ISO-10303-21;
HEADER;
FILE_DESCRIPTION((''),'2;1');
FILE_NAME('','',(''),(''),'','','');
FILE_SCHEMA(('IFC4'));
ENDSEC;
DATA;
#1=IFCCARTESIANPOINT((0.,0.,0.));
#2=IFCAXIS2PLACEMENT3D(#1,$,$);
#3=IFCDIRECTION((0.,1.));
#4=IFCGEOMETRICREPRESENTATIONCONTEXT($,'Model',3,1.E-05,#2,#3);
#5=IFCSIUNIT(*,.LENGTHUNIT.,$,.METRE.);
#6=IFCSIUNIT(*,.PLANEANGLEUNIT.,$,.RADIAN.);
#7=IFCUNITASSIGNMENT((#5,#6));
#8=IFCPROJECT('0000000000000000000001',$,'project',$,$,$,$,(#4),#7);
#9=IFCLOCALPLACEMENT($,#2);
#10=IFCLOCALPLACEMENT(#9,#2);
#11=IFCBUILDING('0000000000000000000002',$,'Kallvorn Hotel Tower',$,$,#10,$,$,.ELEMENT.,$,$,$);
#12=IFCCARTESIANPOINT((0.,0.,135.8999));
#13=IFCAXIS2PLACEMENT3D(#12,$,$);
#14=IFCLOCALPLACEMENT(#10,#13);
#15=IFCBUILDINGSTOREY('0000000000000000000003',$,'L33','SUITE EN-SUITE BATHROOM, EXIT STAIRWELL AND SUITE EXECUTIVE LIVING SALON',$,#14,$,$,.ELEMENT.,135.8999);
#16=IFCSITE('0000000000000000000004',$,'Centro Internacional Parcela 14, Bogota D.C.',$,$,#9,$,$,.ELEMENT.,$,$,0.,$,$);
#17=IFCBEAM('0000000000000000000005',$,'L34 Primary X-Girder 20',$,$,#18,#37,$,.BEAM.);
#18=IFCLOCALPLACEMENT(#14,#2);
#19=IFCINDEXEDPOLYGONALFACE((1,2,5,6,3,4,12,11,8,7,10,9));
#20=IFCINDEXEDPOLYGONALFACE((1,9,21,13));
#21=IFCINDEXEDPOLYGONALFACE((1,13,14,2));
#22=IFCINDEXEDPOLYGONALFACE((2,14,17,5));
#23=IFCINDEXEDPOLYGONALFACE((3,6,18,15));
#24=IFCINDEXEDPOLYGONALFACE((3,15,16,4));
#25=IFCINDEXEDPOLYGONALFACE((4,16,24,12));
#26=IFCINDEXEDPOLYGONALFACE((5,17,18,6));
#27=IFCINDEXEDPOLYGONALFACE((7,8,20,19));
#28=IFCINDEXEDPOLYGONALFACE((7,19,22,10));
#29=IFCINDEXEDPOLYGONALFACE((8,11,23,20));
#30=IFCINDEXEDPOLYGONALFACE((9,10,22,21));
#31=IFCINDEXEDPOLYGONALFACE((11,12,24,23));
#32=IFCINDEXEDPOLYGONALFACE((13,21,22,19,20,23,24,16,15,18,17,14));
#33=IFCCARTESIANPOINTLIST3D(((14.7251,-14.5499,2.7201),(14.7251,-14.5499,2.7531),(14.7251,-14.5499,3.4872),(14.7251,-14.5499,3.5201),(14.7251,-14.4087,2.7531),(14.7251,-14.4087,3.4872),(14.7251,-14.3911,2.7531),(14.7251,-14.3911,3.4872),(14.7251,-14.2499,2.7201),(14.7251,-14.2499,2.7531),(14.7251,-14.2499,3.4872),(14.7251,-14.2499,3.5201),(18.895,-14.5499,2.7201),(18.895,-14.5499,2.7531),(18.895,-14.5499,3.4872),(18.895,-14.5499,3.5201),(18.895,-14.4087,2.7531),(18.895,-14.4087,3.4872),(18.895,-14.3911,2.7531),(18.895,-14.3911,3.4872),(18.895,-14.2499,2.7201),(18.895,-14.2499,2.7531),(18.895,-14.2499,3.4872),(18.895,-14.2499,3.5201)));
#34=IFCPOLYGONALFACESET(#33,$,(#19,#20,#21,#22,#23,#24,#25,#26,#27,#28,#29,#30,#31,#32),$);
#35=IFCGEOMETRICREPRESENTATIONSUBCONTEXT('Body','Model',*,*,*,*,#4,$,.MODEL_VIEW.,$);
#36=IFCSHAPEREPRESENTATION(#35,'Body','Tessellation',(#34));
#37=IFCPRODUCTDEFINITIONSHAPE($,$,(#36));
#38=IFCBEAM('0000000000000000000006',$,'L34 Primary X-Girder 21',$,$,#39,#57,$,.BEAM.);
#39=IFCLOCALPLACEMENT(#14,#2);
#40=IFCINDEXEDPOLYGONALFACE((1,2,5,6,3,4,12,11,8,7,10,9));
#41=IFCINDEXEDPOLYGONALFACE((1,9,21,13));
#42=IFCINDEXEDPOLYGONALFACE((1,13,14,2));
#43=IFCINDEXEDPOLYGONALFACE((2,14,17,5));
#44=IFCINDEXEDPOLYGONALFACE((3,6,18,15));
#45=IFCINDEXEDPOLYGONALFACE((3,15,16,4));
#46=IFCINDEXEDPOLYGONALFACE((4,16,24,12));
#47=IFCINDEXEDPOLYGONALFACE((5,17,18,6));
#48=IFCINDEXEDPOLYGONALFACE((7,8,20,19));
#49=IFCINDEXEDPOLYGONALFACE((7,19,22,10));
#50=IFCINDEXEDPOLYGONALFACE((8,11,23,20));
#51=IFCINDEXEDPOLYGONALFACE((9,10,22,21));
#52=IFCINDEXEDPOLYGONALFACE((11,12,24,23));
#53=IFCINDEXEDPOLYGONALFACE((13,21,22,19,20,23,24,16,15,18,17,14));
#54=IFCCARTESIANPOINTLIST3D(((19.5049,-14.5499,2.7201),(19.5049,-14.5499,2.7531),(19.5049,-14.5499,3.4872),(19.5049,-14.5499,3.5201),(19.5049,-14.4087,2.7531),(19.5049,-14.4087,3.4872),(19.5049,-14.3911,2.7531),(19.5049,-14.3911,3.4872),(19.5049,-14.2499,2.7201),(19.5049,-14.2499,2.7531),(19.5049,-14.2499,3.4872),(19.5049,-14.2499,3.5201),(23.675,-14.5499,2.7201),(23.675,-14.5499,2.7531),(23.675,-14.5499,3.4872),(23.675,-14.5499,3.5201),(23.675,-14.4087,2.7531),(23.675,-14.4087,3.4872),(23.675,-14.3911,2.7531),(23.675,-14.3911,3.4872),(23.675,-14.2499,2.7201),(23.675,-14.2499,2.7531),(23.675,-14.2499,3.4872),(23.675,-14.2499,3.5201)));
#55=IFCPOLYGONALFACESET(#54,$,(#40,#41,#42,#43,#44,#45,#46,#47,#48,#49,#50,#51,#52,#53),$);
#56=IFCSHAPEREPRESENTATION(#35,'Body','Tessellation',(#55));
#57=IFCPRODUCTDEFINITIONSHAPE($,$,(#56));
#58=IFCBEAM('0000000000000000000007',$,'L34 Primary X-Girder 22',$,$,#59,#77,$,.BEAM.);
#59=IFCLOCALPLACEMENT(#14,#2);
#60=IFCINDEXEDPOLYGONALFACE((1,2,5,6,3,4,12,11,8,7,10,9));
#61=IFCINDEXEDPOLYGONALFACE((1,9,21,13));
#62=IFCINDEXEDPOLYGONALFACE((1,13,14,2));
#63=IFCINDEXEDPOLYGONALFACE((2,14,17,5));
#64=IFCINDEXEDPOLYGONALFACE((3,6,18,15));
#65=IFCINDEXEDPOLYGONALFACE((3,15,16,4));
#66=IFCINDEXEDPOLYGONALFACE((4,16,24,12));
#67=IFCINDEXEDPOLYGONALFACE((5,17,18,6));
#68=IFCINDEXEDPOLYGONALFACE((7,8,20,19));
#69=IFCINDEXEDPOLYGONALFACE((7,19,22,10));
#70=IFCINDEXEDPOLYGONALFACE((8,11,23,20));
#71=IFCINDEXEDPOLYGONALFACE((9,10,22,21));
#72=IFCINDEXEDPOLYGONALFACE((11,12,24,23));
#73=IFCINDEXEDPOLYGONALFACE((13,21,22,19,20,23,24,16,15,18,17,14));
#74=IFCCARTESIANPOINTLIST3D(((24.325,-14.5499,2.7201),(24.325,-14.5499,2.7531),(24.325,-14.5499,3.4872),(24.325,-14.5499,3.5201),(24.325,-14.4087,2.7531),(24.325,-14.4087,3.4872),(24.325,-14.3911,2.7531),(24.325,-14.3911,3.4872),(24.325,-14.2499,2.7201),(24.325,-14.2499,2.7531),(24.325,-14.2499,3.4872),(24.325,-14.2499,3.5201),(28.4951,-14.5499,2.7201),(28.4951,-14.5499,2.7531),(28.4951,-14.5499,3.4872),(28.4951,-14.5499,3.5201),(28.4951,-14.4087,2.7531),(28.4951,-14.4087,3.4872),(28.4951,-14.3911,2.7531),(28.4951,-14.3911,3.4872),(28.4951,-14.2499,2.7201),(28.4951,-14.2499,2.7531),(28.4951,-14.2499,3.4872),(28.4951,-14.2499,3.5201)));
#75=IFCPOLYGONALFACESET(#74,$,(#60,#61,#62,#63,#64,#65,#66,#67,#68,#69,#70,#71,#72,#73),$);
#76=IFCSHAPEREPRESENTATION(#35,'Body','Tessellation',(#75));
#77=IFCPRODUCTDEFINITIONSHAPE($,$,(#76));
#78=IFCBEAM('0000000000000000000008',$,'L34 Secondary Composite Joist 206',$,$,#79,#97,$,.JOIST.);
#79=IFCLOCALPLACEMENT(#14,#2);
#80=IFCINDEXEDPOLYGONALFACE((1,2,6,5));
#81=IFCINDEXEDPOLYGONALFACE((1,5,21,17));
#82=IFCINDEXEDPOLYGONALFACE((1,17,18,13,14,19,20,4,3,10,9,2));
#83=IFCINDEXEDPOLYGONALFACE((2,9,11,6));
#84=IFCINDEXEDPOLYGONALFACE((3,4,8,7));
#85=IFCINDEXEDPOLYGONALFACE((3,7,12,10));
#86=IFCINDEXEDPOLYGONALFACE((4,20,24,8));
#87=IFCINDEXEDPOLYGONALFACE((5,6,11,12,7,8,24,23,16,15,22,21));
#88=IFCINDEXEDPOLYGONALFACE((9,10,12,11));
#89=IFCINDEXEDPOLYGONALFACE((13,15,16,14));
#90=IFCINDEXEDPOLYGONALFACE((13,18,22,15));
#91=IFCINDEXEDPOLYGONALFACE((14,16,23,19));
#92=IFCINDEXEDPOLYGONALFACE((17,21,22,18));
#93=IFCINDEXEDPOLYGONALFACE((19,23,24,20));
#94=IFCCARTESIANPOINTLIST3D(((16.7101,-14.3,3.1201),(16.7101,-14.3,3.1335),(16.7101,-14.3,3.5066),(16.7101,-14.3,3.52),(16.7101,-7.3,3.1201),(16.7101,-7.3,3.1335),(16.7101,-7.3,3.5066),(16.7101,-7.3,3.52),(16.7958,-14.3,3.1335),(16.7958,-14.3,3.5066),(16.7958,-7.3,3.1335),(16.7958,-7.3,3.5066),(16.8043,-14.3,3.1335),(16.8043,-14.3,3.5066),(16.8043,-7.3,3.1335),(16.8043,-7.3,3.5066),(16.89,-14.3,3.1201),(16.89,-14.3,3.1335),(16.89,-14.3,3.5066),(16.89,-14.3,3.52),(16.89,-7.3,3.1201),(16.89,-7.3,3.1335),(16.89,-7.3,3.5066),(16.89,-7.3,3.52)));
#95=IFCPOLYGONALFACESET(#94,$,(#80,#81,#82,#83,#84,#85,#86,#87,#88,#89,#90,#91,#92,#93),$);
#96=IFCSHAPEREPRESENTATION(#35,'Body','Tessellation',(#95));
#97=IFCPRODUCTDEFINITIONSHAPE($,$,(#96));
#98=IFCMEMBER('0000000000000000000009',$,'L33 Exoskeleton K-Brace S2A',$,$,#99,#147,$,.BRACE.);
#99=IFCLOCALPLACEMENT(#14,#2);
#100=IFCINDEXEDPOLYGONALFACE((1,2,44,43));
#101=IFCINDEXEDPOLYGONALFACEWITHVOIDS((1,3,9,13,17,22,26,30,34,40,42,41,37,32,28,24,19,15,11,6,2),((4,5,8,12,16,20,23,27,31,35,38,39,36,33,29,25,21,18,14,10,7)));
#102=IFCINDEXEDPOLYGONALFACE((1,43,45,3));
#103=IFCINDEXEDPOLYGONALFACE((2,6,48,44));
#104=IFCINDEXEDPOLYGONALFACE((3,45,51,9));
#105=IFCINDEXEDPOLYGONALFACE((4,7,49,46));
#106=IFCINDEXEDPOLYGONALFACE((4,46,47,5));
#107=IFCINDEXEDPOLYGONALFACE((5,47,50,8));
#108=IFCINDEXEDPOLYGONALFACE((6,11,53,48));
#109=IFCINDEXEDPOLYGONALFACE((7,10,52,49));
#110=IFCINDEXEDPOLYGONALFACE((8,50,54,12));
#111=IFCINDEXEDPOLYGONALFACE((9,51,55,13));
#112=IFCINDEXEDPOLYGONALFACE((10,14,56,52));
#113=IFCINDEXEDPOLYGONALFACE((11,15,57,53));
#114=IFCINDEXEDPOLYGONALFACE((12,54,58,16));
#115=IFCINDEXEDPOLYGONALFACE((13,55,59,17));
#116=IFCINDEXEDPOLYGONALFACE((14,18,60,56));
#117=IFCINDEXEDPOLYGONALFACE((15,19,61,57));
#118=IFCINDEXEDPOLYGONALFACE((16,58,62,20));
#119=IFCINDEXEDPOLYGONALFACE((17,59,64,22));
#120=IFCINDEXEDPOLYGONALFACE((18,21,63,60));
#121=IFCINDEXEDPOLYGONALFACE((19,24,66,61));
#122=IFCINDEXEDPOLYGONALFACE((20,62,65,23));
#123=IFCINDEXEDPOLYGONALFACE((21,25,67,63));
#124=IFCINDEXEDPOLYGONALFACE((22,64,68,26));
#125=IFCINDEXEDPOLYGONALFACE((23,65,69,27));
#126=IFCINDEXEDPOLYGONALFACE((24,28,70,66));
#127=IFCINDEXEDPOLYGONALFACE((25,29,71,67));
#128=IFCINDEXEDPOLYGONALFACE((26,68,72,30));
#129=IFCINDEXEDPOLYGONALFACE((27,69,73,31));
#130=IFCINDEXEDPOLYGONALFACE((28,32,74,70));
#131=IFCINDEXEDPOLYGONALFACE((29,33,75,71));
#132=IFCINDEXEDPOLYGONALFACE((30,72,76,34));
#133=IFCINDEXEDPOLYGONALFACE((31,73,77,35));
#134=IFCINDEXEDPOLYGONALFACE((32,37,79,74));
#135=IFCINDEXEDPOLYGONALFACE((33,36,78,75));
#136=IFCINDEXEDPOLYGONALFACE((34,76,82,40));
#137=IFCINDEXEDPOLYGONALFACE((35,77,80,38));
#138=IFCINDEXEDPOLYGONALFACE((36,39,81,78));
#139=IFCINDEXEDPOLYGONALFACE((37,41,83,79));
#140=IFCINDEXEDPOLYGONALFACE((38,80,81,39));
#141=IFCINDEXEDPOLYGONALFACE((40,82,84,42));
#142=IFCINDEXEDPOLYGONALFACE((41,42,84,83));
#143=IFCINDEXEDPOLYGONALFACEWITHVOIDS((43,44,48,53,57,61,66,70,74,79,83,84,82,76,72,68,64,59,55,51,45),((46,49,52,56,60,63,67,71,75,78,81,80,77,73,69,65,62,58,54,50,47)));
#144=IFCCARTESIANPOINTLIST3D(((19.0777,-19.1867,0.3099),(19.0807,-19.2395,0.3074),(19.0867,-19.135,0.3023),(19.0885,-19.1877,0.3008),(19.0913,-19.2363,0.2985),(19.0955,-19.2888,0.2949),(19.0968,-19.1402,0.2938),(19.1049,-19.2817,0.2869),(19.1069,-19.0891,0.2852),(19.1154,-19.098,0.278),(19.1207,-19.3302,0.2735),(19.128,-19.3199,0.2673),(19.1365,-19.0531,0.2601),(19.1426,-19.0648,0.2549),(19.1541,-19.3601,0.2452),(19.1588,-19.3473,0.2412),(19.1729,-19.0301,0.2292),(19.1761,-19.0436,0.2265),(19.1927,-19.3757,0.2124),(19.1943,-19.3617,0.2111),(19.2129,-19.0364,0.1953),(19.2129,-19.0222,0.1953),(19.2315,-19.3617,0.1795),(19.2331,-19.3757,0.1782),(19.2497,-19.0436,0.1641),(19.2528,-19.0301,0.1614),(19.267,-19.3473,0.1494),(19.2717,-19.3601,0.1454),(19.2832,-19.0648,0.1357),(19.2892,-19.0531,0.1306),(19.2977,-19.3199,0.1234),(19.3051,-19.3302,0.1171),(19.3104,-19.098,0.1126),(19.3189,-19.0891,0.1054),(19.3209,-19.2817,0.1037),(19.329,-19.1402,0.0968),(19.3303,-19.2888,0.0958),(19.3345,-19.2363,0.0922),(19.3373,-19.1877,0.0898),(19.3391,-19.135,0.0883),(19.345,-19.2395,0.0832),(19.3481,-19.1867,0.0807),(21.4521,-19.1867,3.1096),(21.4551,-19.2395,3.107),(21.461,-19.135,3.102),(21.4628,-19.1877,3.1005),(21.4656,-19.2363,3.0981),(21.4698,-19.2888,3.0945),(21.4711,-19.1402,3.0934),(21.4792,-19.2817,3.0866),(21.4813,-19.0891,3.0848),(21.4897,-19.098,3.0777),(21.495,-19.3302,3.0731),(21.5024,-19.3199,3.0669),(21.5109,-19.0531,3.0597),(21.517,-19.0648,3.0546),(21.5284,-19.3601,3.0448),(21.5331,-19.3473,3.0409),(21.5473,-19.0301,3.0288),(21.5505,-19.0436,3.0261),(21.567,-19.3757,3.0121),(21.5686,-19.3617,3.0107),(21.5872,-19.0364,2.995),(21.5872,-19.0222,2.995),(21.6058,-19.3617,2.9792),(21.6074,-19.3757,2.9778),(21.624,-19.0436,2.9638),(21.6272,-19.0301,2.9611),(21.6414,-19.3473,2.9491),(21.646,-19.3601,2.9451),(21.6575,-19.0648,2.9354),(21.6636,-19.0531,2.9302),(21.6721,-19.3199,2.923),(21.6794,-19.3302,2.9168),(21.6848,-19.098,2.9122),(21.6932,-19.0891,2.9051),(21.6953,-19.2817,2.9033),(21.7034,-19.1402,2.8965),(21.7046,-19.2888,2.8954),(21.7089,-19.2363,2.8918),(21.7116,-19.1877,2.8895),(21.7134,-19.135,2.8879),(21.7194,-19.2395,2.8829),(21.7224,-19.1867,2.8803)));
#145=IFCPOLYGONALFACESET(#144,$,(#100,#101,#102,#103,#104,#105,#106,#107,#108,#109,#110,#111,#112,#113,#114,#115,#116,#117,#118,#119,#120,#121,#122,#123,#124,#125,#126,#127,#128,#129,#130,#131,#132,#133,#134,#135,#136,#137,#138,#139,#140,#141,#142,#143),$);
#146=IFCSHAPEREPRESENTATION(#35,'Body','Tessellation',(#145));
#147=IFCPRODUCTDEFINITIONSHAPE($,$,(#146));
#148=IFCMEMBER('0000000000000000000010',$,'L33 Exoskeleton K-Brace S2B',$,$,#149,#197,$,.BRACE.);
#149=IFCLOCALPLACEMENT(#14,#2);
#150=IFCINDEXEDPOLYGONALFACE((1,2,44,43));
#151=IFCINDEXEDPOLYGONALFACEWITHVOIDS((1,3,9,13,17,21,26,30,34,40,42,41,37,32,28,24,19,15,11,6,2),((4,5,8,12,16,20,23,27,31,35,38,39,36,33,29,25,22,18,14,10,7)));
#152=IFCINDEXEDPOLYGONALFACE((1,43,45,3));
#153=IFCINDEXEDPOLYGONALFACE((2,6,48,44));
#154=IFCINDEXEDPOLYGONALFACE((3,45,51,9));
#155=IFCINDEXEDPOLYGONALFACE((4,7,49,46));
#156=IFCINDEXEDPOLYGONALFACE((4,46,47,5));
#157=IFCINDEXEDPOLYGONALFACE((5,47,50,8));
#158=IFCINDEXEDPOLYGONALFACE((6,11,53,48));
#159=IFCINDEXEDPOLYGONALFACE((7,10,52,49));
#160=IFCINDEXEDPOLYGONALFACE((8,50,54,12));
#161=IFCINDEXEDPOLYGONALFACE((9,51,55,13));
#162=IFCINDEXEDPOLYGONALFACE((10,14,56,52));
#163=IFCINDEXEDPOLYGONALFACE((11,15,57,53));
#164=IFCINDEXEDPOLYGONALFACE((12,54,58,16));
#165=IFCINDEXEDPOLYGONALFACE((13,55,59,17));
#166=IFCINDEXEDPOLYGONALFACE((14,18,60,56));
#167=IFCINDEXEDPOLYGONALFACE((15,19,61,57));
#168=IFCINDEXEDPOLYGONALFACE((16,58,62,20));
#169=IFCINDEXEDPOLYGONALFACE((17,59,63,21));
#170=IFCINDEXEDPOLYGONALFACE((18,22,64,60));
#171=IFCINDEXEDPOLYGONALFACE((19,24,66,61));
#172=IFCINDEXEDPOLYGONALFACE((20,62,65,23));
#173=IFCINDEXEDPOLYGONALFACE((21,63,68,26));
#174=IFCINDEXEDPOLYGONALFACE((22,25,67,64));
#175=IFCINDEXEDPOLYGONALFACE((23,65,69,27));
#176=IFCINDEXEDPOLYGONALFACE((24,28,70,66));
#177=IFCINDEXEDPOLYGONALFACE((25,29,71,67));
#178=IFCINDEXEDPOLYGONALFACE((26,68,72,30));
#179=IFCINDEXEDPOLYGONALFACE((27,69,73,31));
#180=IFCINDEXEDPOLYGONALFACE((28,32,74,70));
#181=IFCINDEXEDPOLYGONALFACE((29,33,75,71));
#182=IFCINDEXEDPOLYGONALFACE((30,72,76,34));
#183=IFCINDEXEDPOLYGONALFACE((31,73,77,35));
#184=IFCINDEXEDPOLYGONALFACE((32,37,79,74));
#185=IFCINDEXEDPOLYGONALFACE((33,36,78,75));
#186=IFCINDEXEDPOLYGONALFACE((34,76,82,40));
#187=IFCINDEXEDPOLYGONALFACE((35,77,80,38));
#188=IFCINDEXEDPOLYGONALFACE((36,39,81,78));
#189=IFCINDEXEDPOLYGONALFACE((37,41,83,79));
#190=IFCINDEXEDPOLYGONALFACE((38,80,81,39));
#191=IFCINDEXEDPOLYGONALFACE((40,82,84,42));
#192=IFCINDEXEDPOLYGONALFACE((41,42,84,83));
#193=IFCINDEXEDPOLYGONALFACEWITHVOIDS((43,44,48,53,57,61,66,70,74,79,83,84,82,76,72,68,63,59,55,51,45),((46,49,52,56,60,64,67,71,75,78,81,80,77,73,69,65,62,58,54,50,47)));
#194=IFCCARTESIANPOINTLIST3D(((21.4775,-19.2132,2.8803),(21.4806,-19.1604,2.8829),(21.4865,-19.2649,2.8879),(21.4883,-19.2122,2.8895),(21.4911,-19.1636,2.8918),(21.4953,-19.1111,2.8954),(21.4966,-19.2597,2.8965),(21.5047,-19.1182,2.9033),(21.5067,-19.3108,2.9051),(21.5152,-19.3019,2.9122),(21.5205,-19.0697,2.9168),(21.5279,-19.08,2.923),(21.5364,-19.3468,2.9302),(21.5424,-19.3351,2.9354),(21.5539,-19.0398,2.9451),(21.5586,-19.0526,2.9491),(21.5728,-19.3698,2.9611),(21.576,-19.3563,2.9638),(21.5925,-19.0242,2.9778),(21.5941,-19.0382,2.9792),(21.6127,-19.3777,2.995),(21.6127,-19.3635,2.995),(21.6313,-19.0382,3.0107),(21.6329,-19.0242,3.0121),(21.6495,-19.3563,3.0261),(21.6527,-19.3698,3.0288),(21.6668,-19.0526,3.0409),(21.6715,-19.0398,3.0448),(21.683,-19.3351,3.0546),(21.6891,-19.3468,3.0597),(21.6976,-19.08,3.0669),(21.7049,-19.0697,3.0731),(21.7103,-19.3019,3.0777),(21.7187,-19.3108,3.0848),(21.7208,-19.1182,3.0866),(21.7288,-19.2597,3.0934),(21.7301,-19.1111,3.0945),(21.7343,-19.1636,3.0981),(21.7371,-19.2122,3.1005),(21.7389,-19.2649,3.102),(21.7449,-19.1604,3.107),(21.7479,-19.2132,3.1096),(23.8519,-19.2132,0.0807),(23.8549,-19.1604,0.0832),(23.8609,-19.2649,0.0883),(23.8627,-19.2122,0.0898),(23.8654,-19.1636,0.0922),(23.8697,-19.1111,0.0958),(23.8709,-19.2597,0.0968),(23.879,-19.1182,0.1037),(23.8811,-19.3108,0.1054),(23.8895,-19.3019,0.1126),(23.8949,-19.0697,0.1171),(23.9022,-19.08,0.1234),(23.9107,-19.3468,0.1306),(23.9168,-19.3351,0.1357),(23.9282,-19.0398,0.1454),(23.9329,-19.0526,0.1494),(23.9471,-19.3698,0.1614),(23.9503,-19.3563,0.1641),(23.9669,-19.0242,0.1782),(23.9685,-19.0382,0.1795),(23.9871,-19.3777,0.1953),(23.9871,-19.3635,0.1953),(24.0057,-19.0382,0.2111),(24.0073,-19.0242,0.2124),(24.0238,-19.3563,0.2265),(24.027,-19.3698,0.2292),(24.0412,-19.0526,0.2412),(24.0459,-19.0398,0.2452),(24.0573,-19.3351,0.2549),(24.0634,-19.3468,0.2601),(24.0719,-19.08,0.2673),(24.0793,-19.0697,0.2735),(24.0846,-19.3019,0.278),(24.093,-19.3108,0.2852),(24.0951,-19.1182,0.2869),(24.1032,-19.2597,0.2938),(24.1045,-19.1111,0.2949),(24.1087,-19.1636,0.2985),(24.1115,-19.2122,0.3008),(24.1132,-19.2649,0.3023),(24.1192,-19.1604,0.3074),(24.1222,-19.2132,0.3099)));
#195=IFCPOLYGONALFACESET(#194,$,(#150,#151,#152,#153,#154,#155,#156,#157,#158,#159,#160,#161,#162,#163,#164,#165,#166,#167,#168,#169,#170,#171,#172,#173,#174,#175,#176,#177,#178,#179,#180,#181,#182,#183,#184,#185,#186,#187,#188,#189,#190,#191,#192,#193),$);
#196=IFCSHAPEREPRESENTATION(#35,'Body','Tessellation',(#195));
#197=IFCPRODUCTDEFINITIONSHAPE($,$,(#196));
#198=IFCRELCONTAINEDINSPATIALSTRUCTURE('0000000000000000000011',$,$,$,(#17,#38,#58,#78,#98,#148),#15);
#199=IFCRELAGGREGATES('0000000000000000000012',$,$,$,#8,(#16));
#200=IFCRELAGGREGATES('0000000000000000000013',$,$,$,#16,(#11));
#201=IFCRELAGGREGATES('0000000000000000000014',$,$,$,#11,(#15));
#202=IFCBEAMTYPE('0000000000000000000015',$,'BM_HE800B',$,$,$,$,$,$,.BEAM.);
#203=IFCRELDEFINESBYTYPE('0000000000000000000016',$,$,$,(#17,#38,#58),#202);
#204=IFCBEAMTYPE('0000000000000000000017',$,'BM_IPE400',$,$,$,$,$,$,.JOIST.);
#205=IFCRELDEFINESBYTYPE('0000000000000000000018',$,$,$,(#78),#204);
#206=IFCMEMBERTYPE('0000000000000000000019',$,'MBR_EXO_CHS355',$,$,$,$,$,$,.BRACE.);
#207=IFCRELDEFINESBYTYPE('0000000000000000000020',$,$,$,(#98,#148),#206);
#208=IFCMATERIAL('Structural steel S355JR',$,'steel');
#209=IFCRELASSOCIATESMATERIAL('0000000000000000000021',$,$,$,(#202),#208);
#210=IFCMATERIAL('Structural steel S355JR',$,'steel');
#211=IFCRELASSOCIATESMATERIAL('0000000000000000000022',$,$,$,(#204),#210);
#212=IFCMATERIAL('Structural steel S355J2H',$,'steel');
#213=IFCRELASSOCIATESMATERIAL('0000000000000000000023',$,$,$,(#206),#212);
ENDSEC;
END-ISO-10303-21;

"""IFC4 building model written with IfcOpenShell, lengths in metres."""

from ifc_helpers import new_model, si_unit, direction, frame, origin, origin_2d, place, context, subcontext, project, spatial, hollow_circle, i_section, extrude, material, material_profile, profile_set, type_object, element, save


model = new_model("IFC4")

# Units and contexts
model_context = context("Model", 3, precision=1e-05, world=origin(), true_north=direction((0.0, 1.0)))
body_context = subcontext(model_context, "Body", "Model", "MODEL_VIEW")
ifc_project = project(units=[si_unit("LENGTHUNIT", "METRE"), si_unit("PLANEANGLEUNIT", "RADIAN")], contexts=[model_context])

# Site, building, storey
site_placement = place(None, origin())
site = spatial("IfcSite", under=ifc_project, at=site_placement, Name="Centro Internacional Parcela 14, Bogota D.C.", CompositionType="ELEMENT", RefElevation=0.0)
building_placement = place(site_placement, origin())
building = spatial("IfcBuilding", under=site, at=building_placement, Name="Kallvorn Hotel Tower", CompositionType="ELEMENT")
storey_placement = place(building_placement, frame((0.0, 0.0, 135.8999)))
storey = spatial("IfcBuildingStorey", under=building, at=storey_placement, Name="L33", Description="SUITE EN-SUITE BATHROOM, EXIT STAIRWELL AND SUITE EXECUTIVE LIVING SALON", CompositionType="ELEMENT", Elevation=135.8999)

# Beams
ifc_material_1 = material(Name="Structural steel S355JR", Category="steel")
ifc_material_profile_1 = material_profile(ifc_material_1, i_section(OverallWidth=0.3, OverallDepth=0.8, WebThickness=0.0176, FlangeThickness=0.033, at=origin_2d()), Name="HE 800 B")
ifc_profile_set_1 = profile_set([ifc_material_profile_1], Name="Structural steel S355JR")
beam_type_1 = type_object("IfcBeamType", Name="BM_HE800B", PredefinedType="BEAM", material=ifc_profile_set_1)
beam_1_placement = place(storey_placement, frame((14.7251, -14.3999, 3.1201), z_axis=(1.0, 0.0, 0.0), x_axis=(0.0, 1.0, 0.0)))
element("IfcBeam", 1, at=beam_1_placement, inside=storey, type_object=beam_type_1, Name="L34 Primary X-Girder 20", PredefinedType="BEAM", context=body_context, shape_type="SweptSolid", body=[
    extrude(i_section(OverallWidth=0.3, OverallDepth=0.8, WebThickness=0.0176, FlangeThickness=0.033, at=origin_2d()), origin(), (0.0, 0.0, 1.0), 4.1699),
])
for number, where, z_axis, x_axis, name in (
    (2, (19.5049, -14.3999, 3.1201), (1.0, 0.0, 0.0), (0.0, 1.0, 0.0), "L34 Primary X-Girder 21"),
    (3, (24.325, -14.3999, 3.1201), (1.0, 0.0, 0.0), (0.0, 1.0, 0.0), "L34 Primary X-Girder 22"),
):
    element("IfcBeam", number, at=place(storey_placement, frame(where, z_axis=z_axis, x_axis=x_axis)), inside=storey, type_object=beam_type_1, Name=name, PredefinedType="BEAM", context=body_context, shape_type="SweptSolid", body=[
        extrude(i_section(OverallWidth=0.3, OverallDepth=0.8, WebThickness=0.0176, FlangeThickness=0.033, at=origin_2d()), origin(), (0.0, 0.0, 1.0), 4.1702),
    ])
ifc_material_2 = material(Name="Structural steel S355JR", Category="steel")
ifc_material_profile_2 = material_profile(ifc_material_2, i_section(OverallWidth=0.1799, OverallDepth=0.3999, WebThickness=0.0085, FlangeThickness=0.0134, at=origin_2d()), Name="IPE 400")
ifc_profile_set_2 = profile_set([ifc_material_profile_2], Name="Structural steel S355JR")
beam_type_2 = type_object("IfcBeamType", Name="BM_IPE400", PredefinedType="JOIST", material=ifc_profile_set_2)
beam_2_placement = place(storey_placement, frame((16.8, -14.3, 3.3201), z_axis=(0.0, 1.0, 0.0), x_axis=(-1.0, 0.0, 0.0)))
element("IfcBeam", 4, at=beam_2_placement, inside=storey, type_object=beam_type_2, Name="L34 Secondary Composite Joist 206", PredefinedType="JOIST", context=body_context, shape_type="SweptSolid", body=[
    extrude(i_section(OverallWidth=0.1799, OverallDepth=0.3999, WebThickness=0.0085, FlangeThickness=0.0134, at=origin_2d()), origin(), (0.0, 0.0, 1.0), 7.0),
])

# Members
ifc_material_3 = material(Name="Structural steel S355J2H", Category="steel")
ifc_material_profile_3 = material_profile(ifc_material_3, hollow_circle(Radius=0.1777, WallThickness=0.0142, at=origin_2d()), Name="CHS 355.6x14.2")
ifc_profile_set_3 = profile_set([ifc_material_profile_3], Name="Structural steel S355J2H")
member_type = type_object("IfcMemberType", Name="MBR_EXO_CHS355", PredefinedType="BRACE", material=ifc_profile_set_3)
for number, where, z_axis, x_axis, name in (
    (5, (19.2129, -19.2, 0.1953), (0.6468, 0.0, 0.762659), (0.0, 1.0, 0.0), "L33 Exoskeleton K-Brace S2A"),
    (6, (23.9871, -19.2, 0.1953), (-0.6468, 0.0, 0.762659), (0.0, -1.0, 0.0), "L33 Exoskeleton K-Brace S2B"),
):
    element("IfcMember", number, at=place(storey_placement, frame(where, z_axis=z_axis, x_axis=x_axis)), inside=storey, type_object=member_type, Name=name, PredefinedType="BRACE", context=body_context, shape_type="SweptSolid", body=[
        extrude(hollow_circle(Radius=0.1777, WallThickness=0.0142, at=origin_2d()), origin(), (0.0, 0.0, 1.0), 3.6709),
    ])

save(model, "model.ifc")
